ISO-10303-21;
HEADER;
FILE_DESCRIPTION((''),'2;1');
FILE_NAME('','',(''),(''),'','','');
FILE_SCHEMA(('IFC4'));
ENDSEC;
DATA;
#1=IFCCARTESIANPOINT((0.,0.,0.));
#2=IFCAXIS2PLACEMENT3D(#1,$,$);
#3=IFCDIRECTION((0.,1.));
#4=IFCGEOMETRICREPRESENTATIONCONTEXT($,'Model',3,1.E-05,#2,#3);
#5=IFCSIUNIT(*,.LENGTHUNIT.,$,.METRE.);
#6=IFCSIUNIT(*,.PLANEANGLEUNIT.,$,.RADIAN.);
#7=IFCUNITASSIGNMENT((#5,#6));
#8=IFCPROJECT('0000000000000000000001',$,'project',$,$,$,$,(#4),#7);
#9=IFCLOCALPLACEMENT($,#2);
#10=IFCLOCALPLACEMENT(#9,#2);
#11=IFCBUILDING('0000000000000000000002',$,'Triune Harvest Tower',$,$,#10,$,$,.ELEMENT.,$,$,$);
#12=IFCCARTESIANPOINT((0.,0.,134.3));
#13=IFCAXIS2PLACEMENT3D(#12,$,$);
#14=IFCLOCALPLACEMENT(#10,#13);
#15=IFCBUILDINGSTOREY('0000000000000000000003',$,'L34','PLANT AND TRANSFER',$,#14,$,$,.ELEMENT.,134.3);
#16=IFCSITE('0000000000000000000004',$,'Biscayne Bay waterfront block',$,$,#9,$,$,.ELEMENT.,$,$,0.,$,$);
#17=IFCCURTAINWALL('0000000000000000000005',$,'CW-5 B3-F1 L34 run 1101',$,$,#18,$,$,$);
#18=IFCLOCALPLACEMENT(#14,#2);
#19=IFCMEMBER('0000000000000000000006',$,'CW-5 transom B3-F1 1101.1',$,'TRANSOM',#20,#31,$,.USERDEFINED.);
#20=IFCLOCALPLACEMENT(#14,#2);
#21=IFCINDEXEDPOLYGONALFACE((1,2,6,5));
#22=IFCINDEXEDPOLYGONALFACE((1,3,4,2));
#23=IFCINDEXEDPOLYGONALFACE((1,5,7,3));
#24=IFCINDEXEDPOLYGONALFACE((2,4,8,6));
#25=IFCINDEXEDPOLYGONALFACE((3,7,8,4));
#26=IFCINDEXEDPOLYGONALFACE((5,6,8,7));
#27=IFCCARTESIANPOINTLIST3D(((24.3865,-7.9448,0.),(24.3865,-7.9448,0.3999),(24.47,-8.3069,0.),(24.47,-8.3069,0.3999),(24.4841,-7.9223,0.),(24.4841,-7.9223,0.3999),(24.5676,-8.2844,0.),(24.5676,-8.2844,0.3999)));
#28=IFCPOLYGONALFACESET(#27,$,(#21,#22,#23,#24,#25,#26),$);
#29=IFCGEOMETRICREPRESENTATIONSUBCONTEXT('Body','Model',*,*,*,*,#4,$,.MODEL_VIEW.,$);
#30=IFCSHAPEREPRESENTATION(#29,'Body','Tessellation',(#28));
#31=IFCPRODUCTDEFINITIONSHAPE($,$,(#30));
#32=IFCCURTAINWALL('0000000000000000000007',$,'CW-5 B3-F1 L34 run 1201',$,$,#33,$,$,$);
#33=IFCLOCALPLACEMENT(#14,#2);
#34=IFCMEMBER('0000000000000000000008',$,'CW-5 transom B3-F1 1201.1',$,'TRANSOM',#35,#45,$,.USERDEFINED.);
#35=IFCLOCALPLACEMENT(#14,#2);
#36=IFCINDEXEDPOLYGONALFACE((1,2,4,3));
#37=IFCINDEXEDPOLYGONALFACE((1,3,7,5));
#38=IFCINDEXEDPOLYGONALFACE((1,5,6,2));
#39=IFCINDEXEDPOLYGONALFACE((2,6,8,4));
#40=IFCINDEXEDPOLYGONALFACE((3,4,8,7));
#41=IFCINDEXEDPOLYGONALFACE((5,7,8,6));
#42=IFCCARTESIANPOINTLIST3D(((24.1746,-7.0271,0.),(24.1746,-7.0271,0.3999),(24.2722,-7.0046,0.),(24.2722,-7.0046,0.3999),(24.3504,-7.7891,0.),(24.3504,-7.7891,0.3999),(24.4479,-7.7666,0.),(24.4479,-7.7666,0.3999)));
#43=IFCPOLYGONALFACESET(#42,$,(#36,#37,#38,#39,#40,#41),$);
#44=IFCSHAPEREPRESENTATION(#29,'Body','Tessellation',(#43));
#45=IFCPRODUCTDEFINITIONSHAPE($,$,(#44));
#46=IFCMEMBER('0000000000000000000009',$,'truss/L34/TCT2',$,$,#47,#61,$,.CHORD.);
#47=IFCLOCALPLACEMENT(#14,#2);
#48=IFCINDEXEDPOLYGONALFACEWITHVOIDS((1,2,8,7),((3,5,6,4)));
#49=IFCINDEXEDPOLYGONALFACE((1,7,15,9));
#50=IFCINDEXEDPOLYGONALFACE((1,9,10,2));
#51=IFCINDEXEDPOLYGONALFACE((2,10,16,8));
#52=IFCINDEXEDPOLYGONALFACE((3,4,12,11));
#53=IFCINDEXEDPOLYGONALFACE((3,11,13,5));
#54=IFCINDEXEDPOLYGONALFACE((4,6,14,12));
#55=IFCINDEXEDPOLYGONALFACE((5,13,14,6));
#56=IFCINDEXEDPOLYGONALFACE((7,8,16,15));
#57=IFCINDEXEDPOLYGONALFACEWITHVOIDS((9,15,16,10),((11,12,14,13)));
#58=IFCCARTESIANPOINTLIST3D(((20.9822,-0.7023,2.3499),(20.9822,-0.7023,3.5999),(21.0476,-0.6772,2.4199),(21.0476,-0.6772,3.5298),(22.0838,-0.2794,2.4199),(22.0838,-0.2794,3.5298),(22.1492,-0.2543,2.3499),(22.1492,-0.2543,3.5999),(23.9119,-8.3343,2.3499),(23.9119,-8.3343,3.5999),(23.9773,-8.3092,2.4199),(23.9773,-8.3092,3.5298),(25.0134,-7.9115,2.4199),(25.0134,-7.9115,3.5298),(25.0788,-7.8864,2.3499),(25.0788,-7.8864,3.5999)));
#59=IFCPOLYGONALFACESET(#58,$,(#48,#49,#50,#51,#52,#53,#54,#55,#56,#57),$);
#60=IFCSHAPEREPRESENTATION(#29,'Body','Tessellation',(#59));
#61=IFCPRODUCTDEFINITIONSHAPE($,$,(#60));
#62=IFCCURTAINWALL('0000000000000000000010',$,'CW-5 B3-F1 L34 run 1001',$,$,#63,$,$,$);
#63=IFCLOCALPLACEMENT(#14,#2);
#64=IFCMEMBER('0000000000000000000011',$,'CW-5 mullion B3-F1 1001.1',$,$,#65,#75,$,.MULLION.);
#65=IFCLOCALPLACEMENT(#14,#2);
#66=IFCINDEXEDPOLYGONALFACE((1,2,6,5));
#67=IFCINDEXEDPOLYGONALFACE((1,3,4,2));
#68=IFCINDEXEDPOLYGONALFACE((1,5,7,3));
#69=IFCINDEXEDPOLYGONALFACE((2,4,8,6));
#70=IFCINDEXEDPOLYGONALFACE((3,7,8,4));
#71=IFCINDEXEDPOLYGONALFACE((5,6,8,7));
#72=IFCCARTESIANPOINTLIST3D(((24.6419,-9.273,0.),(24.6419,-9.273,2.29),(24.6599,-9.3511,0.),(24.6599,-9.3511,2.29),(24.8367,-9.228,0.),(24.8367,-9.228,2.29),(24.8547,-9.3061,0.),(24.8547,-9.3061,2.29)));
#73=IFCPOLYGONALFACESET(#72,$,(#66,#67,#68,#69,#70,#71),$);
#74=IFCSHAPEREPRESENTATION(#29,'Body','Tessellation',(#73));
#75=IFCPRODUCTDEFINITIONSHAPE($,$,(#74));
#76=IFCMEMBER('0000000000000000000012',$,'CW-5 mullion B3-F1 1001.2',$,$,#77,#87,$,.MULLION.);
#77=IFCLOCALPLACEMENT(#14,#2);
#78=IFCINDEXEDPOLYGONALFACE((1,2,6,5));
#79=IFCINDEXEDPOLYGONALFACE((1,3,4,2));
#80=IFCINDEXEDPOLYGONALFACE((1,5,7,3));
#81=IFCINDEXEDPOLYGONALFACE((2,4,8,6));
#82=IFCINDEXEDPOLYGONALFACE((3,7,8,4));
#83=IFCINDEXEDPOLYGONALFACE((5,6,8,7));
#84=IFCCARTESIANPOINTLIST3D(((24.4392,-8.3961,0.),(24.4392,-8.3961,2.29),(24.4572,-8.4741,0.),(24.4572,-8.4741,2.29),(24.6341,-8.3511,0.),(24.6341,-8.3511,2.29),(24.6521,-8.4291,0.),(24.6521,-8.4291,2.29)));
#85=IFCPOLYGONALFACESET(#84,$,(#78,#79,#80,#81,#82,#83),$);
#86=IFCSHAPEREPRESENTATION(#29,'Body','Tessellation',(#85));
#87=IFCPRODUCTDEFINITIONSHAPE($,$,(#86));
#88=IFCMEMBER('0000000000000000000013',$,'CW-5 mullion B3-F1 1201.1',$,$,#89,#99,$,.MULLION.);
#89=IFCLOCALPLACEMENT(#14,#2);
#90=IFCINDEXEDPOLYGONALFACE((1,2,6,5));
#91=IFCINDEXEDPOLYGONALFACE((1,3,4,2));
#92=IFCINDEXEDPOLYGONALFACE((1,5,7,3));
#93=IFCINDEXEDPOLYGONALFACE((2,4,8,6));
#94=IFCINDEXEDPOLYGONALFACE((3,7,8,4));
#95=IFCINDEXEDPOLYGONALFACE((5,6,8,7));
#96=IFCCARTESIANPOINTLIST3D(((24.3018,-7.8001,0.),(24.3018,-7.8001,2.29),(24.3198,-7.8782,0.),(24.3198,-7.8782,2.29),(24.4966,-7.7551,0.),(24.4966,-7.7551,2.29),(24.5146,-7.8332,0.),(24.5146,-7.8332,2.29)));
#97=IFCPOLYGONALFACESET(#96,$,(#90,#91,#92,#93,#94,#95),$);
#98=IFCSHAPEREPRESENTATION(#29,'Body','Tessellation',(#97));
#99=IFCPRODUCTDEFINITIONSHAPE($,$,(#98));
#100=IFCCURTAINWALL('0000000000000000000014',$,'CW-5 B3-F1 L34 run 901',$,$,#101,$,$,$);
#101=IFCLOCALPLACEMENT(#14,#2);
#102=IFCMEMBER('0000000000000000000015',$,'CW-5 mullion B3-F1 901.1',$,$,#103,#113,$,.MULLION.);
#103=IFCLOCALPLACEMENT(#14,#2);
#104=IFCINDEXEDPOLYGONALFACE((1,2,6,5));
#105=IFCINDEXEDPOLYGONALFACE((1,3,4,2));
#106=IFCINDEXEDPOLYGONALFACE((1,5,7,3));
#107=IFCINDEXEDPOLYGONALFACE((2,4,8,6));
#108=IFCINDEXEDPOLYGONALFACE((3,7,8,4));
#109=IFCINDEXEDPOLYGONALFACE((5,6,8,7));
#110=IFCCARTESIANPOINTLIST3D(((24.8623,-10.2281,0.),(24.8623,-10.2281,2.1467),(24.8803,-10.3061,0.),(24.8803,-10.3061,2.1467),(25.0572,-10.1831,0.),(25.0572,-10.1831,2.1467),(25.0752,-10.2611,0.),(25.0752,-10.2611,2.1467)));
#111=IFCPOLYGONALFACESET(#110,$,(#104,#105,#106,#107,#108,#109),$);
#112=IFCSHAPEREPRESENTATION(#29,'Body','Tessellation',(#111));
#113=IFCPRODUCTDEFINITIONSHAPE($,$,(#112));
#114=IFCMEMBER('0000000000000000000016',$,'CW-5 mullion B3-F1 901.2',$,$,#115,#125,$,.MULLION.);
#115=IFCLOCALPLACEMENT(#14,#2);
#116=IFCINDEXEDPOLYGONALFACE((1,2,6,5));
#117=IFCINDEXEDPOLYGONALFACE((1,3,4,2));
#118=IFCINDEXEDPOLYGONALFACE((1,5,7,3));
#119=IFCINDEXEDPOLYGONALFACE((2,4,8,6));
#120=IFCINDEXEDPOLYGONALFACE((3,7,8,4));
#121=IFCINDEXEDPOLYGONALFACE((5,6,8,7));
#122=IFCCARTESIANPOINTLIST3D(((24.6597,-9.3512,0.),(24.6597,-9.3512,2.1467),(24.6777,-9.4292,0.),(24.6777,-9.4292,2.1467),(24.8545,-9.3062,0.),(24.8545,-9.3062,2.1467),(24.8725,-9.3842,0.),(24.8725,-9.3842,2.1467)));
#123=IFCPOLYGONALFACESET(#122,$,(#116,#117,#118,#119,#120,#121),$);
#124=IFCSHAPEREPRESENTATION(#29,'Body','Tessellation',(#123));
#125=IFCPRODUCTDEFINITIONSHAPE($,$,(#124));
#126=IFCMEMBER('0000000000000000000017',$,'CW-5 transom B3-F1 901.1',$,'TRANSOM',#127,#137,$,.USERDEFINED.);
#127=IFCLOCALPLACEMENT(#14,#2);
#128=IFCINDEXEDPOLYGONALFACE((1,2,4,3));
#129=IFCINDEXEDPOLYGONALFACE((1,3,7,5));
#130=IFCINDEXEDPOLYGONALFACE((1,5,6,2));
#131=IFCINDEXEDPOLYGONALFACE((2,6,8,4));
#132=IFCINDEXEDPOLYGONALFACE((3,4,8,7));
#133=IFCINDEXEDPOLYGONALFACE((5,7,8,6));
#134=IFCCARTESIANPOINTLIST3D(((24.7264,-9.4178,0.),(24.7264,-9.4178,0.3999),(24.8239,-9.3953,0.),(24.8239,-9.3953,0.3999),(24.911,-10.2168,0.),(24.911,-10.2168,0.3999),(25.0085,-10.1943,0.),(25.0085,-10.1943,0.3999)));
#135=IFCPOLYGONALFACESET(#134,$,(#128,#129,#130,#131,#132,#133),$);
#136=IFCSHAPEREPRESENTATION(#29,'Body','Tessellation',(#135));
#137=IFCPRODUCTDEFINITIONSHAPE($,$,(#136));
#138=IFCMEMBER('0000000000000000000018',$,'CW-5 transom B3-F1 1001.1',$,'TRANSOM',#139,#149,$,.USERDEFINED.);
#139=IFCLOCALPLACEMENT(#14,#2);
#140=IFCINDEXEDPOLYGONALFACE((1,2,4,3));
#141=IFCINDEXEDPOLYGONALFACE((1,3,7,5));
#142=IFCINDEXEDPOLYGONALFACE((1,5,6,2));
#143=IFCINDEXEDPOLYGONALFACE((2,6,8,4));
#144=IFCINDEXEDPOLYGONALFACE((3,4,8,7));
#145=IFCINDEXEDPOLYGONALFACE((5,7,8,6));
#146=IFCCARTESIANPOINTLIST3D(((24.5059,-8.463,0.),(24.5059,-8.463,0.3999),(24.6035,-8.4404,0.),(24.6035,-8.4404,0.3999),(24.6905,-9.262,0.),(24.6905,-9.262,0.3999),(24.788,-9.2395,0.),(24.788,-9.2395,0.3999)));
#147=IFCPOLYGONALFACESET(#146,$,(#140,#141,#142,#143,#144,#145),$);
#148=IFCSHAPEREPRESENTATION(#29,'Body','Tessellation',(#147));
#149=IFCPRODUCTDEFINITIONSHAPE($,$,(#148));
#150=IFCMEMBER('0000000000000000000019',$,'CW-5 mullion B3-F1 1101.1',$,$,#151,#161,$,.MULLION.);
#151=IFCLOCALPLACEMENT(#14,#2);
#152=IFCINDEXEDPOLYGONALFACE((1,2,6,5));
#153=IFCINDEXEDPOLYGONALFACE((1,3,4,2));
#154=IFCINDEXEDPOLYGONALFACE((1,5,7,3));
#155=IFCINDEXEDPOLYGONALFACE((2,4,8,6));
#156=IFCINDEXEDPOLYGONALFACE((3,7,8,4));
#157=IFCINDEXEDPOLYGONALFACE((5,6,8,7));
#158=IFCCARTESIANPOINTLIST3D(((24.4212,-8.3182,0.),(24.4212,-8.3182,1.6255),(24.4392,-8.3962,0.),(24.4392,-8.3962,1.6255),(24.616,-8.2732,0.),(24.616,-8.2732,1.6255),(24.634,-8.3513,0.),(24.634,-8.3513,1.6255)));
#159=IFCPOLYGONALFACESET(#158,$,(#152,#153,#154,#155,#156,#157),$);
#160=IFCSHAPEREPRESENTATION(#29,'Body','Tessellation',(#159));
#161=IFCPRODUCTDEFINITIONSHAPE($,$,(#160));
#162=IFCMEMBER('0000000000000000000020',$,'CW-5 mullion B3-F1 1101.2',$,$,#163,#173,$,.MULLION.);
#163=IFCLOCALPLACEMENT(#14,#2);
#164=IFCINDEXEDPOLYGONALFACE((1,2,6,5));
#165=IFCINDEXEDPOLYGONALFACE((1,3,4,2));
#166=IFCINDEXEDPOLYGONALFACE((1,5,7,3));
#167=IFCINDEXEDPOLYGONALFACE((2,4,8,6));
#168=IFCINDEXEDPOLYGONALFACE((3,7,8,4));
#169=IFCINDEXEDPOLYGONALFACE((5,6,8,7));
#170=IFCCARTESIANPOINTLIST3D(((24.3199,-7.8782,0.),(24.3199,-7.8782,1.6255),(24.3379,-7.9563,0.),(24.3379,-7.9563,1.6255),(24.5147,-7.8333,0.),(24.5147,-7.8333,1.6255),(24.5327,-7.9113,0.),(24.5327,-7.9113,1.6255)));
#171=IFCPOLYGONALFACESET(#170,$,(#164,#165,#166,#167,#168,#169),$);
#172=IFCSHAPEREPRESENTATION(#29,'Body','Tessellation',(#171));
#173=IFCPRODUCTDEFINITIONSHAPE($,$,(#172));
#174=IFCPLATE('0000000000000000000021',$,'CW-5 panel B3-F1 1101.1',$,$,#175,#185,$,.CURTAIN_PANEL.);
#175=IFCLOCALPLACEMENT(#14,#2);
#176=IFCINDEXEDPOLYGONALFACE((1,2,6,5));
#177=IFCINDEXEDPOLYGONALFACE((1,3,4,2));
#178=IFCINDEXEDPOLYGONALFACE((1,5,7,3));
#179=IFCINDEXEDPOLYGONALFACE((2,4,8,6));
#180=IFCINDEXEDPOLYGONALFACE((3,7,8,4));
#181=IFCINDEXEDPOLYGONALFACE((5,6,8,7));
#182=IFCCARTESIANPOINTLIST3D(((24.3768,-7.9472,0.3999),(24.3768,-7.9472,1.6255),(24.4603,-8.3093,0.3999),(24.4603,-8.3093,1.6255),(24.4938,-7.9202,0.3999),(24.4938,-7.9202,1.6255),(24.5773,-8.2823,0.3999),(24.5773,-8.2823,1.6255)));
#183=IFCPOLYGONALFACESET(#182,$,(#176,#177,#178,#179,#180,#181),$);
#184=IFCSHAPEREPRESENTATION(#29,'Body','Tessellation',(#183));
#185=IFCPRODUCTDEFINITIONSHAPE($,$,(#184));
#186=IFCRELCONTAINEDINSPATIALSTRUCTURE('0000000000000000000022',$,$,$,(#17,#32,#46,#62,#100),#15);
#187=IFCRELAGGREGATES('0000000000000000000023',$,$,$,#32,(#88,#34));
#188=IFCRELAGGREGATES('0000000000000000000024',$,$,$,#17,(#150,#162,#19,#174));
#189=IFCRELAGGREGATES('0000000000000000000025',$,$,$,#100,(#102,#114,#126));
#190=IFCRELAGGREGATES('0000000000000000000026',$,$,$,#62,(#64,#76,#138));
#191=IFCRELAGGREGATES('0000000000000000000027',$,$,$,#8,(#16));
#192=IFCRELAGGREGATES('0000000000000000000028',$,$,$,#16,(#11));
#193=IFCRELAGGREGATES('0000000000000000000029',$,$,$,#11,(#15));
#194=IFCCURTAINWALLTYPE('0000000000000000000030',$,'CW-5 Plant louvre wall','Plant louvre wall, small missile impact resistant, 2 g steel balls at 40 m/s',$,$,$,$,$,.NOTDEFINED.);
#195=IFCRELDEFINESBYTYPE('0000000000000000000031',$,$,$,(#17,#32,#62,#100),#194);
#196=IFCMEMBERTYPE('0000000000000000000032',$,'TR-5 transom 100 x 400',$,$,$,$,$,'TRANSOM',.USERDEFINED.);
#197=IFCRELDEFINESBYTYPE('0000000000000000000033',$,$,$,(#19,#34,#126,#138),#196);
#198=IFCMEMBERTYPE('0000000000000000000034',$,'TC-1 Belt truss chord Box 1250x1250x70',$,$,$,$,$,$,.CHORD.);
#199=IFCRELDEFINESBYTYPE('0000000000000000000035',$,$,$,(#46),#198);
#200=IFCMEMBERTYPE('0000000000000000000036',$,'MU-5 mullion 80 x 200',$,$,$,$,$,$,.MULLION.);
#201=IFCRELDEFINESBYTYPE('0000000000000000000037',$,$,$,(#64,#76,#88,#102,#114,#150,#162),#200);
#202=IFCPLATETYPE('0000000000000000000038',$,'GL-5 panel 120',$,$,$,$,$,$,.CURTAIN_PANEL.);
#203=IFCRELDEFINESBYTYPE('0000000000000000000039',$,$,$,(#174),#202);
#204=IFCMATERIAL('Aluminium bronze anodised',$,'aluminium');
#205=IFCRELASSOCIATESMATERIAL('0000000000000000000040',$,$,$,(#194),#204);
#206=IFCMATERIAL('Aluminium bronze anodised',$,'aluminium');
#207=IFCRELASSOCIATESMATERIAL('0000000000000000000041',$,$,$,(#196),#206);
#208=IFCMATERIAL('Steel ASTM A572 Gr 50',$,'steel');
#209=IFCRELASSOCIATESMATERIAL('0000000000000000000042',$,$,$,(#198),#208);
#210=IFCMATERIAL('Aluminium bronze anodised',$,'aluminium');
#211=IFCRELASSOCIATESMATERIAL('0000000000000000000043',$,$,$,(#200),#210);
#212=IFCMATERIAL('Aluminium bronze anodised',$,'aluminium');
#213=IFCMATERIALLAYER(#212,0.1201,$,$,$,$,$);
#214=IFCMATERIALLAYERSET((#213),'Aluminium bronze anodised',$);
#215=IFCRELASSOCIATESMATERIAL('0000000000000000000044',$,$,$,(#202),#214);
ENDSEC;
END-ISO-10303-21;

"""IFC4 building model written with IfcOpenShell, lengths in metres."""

from ifc_helpers import new_model, si_unit, direction, frame, origin, origin_2d, place, context, subcontext, project, spatial, rectangle, hollow_rectangle, extrude, source, transform, mapped, material, layer, layer_set, material_profile, profile_set, type_object, element, aggregate, save


model = new_model("IFC4")

# Units and contexts
model_context = context("Model", 3, precision=1e-05, world=origin(), true_north=direction((0.0, 1.0)))
body_context = subcontext(model_context, "Body", "Model", "MODEL_VIEW")
ifc_project = project(units=[si_unit("LENGTHUNIT", "METRE"), si_unit("PLANEANGLEUNIT", "RADIAN")], contexts=[model_context])

# Site, building, storey
site_placement = place(None, origin())
site = spatial("IfcSite", under=ifc_project, at=site_placement, Name="Biscayne Bay waterfront block", CompositionType="ELEMENT", RefElevation=0.0)
building_placement = place(site_placement, origin())
building = spatial("IfcBuilding", under=site, at=building_placement, Name="Triune Harvest Tower", CompositionType="ELEMENT")
storey_placement = place(building_placement, frame((0.0, 0.0, 134.3)))
storey = spatial("IfcBuildingStorey", under=building, at=storey_placement, Name="L34", Description="PLANT AND TRANSFER", CompositionType="ELEMENT", Elevation=134.3)

# Curtain walls, members
ifc_material_1 = material(Name="Aluminium bronze anodised", Category="aluminium")
curtain_wall_type = type_object("IfcCurtainWallType", Name="CW-5 Plant louvre wall", Description="Plant louvre wall, small missile impact resistant, 2 g steel balls at 40 m/s", PredefinedType="NOTDEFINED", material=ifc_material_1)
curtain_wall_1_placement = place(storey_placement, origin())
curtain_wall_1 = element("IfcCurtainWall", 1, at=curtain_wall_1_placement, inside=storey, type_object=curtain_wall_type, Name="CW-5 B3-F1 L34 run 1101")
ifc_material_2 = material(Name="Aluminium bronze anodised", Category="aluminium")
ifc_material_profile_1 = material_profile(ifc_material_2, rectangle(XDim=0.1001, YDim=0.3999, at=origin_2d()), Name="TR-5 transom 100 x 400")
ifc_profile_set_1 = profile_set([ifc_material_profile_1], Name="Aluminium bronze anodised")
member_type_1 = type_object("IfcMemberType", Name="TR-5 transom 100 x 400", ElementType="TRANSOM", PredefinedType="USERDEFINED", material=ifc_profile_set_1)
member_1_placement = place(storey_placement, frame((24.5188, -8.2957, 0.2), z_axis=(-0.224716, 0.974424, 0.0), x_axis=(-0.974424, -0.224716, 0.0)))
member_1 = element("IfcMember", 2, at=member_1_placement, type_object=member_type_1, Name="CW-5 transom B3-F1 1101.1", ObjectType="TRANSOM", PredefinedType="USERDEFINED", context=body_context, shape_type="SweptSolid", body=[
    extrude(rectangle(XDim=0.1001, YDim=0.3999, at=origin_2d()), origin(), (0.0, 0.0, 1.0), 0.3716),
])
curtain_wall_2_placement = place(storey_placement, origin())
curtain_wall_2 = element("IfcCurtainWall", 3, at=curtain_wall_2_placement, inside=storey, type_object=curtain_wall_type, Name="CW-5 B3-F1 L34 run 1201")
member_2_placement = place(storey_placement, frame((24.3992, -7.7778, 0.2), z_axis=(-0.224791, 0.974407, 0.0), x_axis=(-0.974407, -0.224791, 0.0)))
member_2 = element("IfcMember", 4, at=member_2_placement, type_object=member_type_1, Name="CW-5 transom B3-F1 1201.1", ObjectType="TRANSOM", PredefinedType="USERDEFINED", context=body_context, shape_type="SweptSolid", body=[
    extrude(rectangle(XDim=0.1001, YDim=0.3999, at=origin_2d()), origin(), (0.0, 0.0, 1.0), 0.782),
])

# Member
ifc_material_3 = material(Name="Steel ASTM A572 Gr 50", Category="steel")
ifc_material_profile_2 = material_profile(ifc_material_3, hollow_rectangle(XDim=1.25, YDim=1.25, WallThickness=0.0701, at=origin_2d()), Name="Box 1250x1250x70")
ifc_profile_set_2 = profile_set([ifc_material_profile_2], Name="Steel ASTM A572 Gr 50")
member_type_2 = type_object("IfcMemberType", Name="TC-1 Belt truss chord Box 1250x1250x70", PredefinedType="CHORD", material=ifc_profile_set_2)
shared_shape_1 = source(origin(), body_context, "Body", "SweptSolid", [
    extrude(hollow_rectangle(XDim=1.25, YDim=1.25, WallThickness=0.0701, at=origin_2d()), origin(), (0.0, 0.0, 1.0), 8.175),
])
member_3_placement = place(storey_placement, frame((24.4954, -8.1104, 2.9749), z_axis=(-0.358369, 0.93358, 0.0), x_axis=(-0.93358, -0.358369, 0.0)))
element("IfcMember", 5, at=member_3_placement, inside=storey, type_object=member_type_2, Name="truss/L34/TCT2", PredefinedType="CHORD", context=body_context, shape_type="MappedRepresentation", body=[
    mapped(shared_shape_1, transform((0.0, 0.0, 0.0), scale=1.0)),
])

# Curtain wall, members
curtain_wall_3_placement = place(storey_placement, origin())
curtain_wall_3 = element("IfcCurtainWall", 6, at=curtain_wall_3_placement, inside=storey, type_object=curtain_wall_type, Name="CW-5 B3-F1 L34 run 1001")
ifc_material_4 = material(Name="Aluminium bronze anodised", Category="aluminium")
ifc_material_profile_3 = material_profile(ifc_material_4, rectangle(XDim=0.2, YDim=0.0801, at=origin_2d()), Name="MU-5 mullion 80 x 200")
ifc_profile_set_3 = profile_set([ifc_material_profile_3], Name="Aluminium bronze anodised")
member_type_3 = type_object("IfcMemberType", Name="MU-5 mullion 80 x 200", PredefinedType="MULLION", material=ifc_profile_set_3)
shared_shape_2 = source(origin(), body_context, "Body", "SweptSolid", [
    extrude(rectangle(XDim=0.2, YDim=0.0801, at=origin_2d()), origin(), (0.0, 0.0, 1.0), 2.29),
])
member_4_placement = place(storey_placement, frame((24.7483, -9.2896, 0.0), z_axis=(0.0, 0.0, 1.0), x_axis=(-0.974365, -0.224971, 0.0)))
member_4 = element("IfcMember", 7, at=member_4_placement, type_object=member_type_3, Name="CW-5 mullion B3-F1 1001.1", PredefinedType="MULLION", context=body_context, shape_type="MappedRepresentation", body=[
    mapped(shared_shape_2, transform((0.0, 0.0, 0.0), scale=1.0)),
])
member_5_placement = place(storey_placement, frame((24.5457, -8.4126, 0.0), z_axis=(0.0, 0.0, 1.0), x_axis=(-0.974365, -0.224971, 0.0)))
member_5 = element("IfcMember", 8, at=member_5_placement, type_object=member_type_3, Name="CW-5 mullion B3-F1 1001.2", PredefinedType="MULLION", context=body_context, shape_type="MappedRepresentation", body=[
    mapped(shared_shape_2, transform((0.0, 0.0, 0.0), scale=1.0)),
])

# Member
member_6_placement = place(storey_placement, frame((24.4082, -7.8167, 0.0), z_axis=(0.0, 0.0, 1.0), x_axis=(-0.974368, -0.22496, 0.0)))
member_6 = element("IfcMember", 9, at=member_6_placement, type_object=member_type_3, Name="CW-5 mullion B3-F1 1201.1", PredefinedType="MULLION", context=body_context, shape_type="MappedRepresentation", body=[
    mapped(shared_shape_2, transform((0.0, 0.0, 0.0), scale=1.0)),
])
aggregate(curtain_wall_2, [member_6, member_2])

# Curtain wall, members
curtain_wall_4_placement = place(storey_placement, origin())
curtain_wall_4 = element("IfcCurtainWall", 10, at=curtain_wall_4_placement, inside=storey, type_object=curtain_wall_type, Name="CW-5 B3-F1 L34 run 901")
shared_shape_3 = source(origin(), body_context, "Body", "SweptSolid", [
    extrude(rectangle(XDim=0.2, YDim=0.0801, at=origin_2d()), origin(), (0.0, 0.0, 1.0), 2.1467),
])
member_7_placement = place(storey_placement, frame((24.9688, -10.2446, 0.0), z_axis=(0.0, 0.0, 1.0), x_axis=(-0.974365, -0.224971, 0.0)))
member_7 = element("IfcMember", 11, at=member_7_placement, type_object=member_type_3, Name="CW-5 mullion B3-F1 901.1", PredefinedType="MULLION", context=body_context, shape_type="MappedRepresentation", body=[
    mapped(shared_shape_3, transform((0.0, 0.0, 0.0), scale=1.0)),
])
member_8_placement = place(storey_placement, frame((24.7661, -9.3677, 0.0), z_axis=(0.0, 0.0, 1.0), x_axis=(-0.974365, -0.224971, 0.0)))
member_8 = element("IfcMember", 12, at=member_8_placement, type_object=member_type_3, Name="CW-5 mullion B3-F1 901.2", PredefinedType="MULLION", context=body_context, shape_type="MappedRepresentation", body=[
    mapped(shared_shape_3, transform((0.0, 0.0, 0.0), scale=1.0)),
])
shared_shape_4 = source(origin(), body_context, "Body", "SweptSolid", [
    extrude(rectangle(XDim=0.1001, YDim=0.3999, at=origin_2d()), origin(), (0.0, 0.0, 1.0), 0.8201),
])
member_9_placement = place(storey_placement, frame((24.9597, -10.2056, 0.2), z_axis=(-0.225055, 0.974346, 0.0), x_axis=(-0.974346, -0.225055, 0.0)))
member_9 = element("IfcMember", 13, at=member_9_placement, type_object=member_type_1, Name="CW-5 transom B3-F1 901.1", ObjectType="TRANSOM", PredefinedType="USERDEFINED", context=body_context, shape_type="MappedRepresentation", body=[
    mapped(shared_shape_4, transform((0.0, 0.0, 0.0), scale=1.0)),
])

# Members
member_10_placement = place(storey_placement, frame((24.7393, -9.2507, 0.2), z_axis=(-0.225055, 0.974346, 0.0), x_axis=(-0.974346, -0.225055, 0.0)))
member_10 = element("IfcMember", 14, at=member_10_placement, type_object=member_type_1, Name="CW-5 transom B3-F1 1001.1", ObjectType="TRANSOM", PredefinedType="USERDEFINED", context=body_context, shape_type="MappedRepresentation", body=[
    mapped(shared_shape_4, transform((0.0, 0.0, 0.0), scale=1.0)),
])
shared_shape_5 = source(origin(), body_context, "Body", "SweptSolid", [
    extrude(rectangle(XDim=0.2, YDim=0.0801, at=origin_2d()), origin(), (0.0, 0.0, 1.0), 1.6255),
])
member_11_placement = place(storey_placement, frame((24.5276, -8.3347, 0.0), z_axis=(0.0, 0.0, 1.0), x_axis=(-0.974398, -0.224832, 0.0)))
member_11 = element("IfcMember", 15, at=member_11_placement, type_object=member_type_3, Name="CW-5 mullion B3-F1 1101.1", PredefinedType="MULLION", context=body_context, shape_type="MappedRepresentation", body=[
    mapped(shared_shape_5, transform((0.0, 0.0, 0.0), scale=1.0)),
])
member_12_placement = place(storey_placement, frame((24.4263, -7.8948, 0.0), z_axis=(0.0, 0.0, 1.0), x_axis=(-0.974398, -0.224832, 0.0)))
member_12 = element("IfcMember", 16, at=member_12_placement, type_object=member_type_3, Name="CW-5 mullion B3-F1 1101.2", PredefinedType="MULLION", context=body_context, shape_type="MappedRepresentation", body=[
    mapped(shared_shape_5, transform((0.0, 0.0, 0.0), scale=1.0)),
])

# Plate
ifc_material_5 = material(Name="Aluminium bronze anodised", Category="aluminium")
ifc_layer = layer(ifc_material_5, 0.1201)
ifc_layer_set = layer_set([ifc_layer], Name="Aluminium bronze anodised")
plate_type = type_object("IfcPlateType", Name="GL-5 panel 120", PredefinedType="CURTAIN_PANEL", material=ifc_layer_set)
plate_1_placement = place(storey_placement, frame((24.4771, -8.1147, 0.3999), z_axis=(0.0, 0.0, 1.0), x_axis=(-0.224832, 0.974398, 0.0)))
plate_1 = element("IfcPlate", 17, at=plate_1_placement, type_object=plate_type, Name="CW-5 panel B3-F1 1101.1", PredefinedType="CURTAIN_PANEL", context=body_context, shape_type="SweptSolid", body=[
    extrude(rectangle(XDim=0.3716, YDim=0.1201, at=origin_2d()), origin(), (0.0, 0.0, 1.0), 1.2256),
])
aggregate(curtain_wall_1, [member_11, member_12, member_1, plate_1])
aggregate(curtain_wall_4, [member_7, member_8, member_9])
aggregate(curtain_wall_3, [member_4, member_5, member_10])

save(model, "model.ifc")
